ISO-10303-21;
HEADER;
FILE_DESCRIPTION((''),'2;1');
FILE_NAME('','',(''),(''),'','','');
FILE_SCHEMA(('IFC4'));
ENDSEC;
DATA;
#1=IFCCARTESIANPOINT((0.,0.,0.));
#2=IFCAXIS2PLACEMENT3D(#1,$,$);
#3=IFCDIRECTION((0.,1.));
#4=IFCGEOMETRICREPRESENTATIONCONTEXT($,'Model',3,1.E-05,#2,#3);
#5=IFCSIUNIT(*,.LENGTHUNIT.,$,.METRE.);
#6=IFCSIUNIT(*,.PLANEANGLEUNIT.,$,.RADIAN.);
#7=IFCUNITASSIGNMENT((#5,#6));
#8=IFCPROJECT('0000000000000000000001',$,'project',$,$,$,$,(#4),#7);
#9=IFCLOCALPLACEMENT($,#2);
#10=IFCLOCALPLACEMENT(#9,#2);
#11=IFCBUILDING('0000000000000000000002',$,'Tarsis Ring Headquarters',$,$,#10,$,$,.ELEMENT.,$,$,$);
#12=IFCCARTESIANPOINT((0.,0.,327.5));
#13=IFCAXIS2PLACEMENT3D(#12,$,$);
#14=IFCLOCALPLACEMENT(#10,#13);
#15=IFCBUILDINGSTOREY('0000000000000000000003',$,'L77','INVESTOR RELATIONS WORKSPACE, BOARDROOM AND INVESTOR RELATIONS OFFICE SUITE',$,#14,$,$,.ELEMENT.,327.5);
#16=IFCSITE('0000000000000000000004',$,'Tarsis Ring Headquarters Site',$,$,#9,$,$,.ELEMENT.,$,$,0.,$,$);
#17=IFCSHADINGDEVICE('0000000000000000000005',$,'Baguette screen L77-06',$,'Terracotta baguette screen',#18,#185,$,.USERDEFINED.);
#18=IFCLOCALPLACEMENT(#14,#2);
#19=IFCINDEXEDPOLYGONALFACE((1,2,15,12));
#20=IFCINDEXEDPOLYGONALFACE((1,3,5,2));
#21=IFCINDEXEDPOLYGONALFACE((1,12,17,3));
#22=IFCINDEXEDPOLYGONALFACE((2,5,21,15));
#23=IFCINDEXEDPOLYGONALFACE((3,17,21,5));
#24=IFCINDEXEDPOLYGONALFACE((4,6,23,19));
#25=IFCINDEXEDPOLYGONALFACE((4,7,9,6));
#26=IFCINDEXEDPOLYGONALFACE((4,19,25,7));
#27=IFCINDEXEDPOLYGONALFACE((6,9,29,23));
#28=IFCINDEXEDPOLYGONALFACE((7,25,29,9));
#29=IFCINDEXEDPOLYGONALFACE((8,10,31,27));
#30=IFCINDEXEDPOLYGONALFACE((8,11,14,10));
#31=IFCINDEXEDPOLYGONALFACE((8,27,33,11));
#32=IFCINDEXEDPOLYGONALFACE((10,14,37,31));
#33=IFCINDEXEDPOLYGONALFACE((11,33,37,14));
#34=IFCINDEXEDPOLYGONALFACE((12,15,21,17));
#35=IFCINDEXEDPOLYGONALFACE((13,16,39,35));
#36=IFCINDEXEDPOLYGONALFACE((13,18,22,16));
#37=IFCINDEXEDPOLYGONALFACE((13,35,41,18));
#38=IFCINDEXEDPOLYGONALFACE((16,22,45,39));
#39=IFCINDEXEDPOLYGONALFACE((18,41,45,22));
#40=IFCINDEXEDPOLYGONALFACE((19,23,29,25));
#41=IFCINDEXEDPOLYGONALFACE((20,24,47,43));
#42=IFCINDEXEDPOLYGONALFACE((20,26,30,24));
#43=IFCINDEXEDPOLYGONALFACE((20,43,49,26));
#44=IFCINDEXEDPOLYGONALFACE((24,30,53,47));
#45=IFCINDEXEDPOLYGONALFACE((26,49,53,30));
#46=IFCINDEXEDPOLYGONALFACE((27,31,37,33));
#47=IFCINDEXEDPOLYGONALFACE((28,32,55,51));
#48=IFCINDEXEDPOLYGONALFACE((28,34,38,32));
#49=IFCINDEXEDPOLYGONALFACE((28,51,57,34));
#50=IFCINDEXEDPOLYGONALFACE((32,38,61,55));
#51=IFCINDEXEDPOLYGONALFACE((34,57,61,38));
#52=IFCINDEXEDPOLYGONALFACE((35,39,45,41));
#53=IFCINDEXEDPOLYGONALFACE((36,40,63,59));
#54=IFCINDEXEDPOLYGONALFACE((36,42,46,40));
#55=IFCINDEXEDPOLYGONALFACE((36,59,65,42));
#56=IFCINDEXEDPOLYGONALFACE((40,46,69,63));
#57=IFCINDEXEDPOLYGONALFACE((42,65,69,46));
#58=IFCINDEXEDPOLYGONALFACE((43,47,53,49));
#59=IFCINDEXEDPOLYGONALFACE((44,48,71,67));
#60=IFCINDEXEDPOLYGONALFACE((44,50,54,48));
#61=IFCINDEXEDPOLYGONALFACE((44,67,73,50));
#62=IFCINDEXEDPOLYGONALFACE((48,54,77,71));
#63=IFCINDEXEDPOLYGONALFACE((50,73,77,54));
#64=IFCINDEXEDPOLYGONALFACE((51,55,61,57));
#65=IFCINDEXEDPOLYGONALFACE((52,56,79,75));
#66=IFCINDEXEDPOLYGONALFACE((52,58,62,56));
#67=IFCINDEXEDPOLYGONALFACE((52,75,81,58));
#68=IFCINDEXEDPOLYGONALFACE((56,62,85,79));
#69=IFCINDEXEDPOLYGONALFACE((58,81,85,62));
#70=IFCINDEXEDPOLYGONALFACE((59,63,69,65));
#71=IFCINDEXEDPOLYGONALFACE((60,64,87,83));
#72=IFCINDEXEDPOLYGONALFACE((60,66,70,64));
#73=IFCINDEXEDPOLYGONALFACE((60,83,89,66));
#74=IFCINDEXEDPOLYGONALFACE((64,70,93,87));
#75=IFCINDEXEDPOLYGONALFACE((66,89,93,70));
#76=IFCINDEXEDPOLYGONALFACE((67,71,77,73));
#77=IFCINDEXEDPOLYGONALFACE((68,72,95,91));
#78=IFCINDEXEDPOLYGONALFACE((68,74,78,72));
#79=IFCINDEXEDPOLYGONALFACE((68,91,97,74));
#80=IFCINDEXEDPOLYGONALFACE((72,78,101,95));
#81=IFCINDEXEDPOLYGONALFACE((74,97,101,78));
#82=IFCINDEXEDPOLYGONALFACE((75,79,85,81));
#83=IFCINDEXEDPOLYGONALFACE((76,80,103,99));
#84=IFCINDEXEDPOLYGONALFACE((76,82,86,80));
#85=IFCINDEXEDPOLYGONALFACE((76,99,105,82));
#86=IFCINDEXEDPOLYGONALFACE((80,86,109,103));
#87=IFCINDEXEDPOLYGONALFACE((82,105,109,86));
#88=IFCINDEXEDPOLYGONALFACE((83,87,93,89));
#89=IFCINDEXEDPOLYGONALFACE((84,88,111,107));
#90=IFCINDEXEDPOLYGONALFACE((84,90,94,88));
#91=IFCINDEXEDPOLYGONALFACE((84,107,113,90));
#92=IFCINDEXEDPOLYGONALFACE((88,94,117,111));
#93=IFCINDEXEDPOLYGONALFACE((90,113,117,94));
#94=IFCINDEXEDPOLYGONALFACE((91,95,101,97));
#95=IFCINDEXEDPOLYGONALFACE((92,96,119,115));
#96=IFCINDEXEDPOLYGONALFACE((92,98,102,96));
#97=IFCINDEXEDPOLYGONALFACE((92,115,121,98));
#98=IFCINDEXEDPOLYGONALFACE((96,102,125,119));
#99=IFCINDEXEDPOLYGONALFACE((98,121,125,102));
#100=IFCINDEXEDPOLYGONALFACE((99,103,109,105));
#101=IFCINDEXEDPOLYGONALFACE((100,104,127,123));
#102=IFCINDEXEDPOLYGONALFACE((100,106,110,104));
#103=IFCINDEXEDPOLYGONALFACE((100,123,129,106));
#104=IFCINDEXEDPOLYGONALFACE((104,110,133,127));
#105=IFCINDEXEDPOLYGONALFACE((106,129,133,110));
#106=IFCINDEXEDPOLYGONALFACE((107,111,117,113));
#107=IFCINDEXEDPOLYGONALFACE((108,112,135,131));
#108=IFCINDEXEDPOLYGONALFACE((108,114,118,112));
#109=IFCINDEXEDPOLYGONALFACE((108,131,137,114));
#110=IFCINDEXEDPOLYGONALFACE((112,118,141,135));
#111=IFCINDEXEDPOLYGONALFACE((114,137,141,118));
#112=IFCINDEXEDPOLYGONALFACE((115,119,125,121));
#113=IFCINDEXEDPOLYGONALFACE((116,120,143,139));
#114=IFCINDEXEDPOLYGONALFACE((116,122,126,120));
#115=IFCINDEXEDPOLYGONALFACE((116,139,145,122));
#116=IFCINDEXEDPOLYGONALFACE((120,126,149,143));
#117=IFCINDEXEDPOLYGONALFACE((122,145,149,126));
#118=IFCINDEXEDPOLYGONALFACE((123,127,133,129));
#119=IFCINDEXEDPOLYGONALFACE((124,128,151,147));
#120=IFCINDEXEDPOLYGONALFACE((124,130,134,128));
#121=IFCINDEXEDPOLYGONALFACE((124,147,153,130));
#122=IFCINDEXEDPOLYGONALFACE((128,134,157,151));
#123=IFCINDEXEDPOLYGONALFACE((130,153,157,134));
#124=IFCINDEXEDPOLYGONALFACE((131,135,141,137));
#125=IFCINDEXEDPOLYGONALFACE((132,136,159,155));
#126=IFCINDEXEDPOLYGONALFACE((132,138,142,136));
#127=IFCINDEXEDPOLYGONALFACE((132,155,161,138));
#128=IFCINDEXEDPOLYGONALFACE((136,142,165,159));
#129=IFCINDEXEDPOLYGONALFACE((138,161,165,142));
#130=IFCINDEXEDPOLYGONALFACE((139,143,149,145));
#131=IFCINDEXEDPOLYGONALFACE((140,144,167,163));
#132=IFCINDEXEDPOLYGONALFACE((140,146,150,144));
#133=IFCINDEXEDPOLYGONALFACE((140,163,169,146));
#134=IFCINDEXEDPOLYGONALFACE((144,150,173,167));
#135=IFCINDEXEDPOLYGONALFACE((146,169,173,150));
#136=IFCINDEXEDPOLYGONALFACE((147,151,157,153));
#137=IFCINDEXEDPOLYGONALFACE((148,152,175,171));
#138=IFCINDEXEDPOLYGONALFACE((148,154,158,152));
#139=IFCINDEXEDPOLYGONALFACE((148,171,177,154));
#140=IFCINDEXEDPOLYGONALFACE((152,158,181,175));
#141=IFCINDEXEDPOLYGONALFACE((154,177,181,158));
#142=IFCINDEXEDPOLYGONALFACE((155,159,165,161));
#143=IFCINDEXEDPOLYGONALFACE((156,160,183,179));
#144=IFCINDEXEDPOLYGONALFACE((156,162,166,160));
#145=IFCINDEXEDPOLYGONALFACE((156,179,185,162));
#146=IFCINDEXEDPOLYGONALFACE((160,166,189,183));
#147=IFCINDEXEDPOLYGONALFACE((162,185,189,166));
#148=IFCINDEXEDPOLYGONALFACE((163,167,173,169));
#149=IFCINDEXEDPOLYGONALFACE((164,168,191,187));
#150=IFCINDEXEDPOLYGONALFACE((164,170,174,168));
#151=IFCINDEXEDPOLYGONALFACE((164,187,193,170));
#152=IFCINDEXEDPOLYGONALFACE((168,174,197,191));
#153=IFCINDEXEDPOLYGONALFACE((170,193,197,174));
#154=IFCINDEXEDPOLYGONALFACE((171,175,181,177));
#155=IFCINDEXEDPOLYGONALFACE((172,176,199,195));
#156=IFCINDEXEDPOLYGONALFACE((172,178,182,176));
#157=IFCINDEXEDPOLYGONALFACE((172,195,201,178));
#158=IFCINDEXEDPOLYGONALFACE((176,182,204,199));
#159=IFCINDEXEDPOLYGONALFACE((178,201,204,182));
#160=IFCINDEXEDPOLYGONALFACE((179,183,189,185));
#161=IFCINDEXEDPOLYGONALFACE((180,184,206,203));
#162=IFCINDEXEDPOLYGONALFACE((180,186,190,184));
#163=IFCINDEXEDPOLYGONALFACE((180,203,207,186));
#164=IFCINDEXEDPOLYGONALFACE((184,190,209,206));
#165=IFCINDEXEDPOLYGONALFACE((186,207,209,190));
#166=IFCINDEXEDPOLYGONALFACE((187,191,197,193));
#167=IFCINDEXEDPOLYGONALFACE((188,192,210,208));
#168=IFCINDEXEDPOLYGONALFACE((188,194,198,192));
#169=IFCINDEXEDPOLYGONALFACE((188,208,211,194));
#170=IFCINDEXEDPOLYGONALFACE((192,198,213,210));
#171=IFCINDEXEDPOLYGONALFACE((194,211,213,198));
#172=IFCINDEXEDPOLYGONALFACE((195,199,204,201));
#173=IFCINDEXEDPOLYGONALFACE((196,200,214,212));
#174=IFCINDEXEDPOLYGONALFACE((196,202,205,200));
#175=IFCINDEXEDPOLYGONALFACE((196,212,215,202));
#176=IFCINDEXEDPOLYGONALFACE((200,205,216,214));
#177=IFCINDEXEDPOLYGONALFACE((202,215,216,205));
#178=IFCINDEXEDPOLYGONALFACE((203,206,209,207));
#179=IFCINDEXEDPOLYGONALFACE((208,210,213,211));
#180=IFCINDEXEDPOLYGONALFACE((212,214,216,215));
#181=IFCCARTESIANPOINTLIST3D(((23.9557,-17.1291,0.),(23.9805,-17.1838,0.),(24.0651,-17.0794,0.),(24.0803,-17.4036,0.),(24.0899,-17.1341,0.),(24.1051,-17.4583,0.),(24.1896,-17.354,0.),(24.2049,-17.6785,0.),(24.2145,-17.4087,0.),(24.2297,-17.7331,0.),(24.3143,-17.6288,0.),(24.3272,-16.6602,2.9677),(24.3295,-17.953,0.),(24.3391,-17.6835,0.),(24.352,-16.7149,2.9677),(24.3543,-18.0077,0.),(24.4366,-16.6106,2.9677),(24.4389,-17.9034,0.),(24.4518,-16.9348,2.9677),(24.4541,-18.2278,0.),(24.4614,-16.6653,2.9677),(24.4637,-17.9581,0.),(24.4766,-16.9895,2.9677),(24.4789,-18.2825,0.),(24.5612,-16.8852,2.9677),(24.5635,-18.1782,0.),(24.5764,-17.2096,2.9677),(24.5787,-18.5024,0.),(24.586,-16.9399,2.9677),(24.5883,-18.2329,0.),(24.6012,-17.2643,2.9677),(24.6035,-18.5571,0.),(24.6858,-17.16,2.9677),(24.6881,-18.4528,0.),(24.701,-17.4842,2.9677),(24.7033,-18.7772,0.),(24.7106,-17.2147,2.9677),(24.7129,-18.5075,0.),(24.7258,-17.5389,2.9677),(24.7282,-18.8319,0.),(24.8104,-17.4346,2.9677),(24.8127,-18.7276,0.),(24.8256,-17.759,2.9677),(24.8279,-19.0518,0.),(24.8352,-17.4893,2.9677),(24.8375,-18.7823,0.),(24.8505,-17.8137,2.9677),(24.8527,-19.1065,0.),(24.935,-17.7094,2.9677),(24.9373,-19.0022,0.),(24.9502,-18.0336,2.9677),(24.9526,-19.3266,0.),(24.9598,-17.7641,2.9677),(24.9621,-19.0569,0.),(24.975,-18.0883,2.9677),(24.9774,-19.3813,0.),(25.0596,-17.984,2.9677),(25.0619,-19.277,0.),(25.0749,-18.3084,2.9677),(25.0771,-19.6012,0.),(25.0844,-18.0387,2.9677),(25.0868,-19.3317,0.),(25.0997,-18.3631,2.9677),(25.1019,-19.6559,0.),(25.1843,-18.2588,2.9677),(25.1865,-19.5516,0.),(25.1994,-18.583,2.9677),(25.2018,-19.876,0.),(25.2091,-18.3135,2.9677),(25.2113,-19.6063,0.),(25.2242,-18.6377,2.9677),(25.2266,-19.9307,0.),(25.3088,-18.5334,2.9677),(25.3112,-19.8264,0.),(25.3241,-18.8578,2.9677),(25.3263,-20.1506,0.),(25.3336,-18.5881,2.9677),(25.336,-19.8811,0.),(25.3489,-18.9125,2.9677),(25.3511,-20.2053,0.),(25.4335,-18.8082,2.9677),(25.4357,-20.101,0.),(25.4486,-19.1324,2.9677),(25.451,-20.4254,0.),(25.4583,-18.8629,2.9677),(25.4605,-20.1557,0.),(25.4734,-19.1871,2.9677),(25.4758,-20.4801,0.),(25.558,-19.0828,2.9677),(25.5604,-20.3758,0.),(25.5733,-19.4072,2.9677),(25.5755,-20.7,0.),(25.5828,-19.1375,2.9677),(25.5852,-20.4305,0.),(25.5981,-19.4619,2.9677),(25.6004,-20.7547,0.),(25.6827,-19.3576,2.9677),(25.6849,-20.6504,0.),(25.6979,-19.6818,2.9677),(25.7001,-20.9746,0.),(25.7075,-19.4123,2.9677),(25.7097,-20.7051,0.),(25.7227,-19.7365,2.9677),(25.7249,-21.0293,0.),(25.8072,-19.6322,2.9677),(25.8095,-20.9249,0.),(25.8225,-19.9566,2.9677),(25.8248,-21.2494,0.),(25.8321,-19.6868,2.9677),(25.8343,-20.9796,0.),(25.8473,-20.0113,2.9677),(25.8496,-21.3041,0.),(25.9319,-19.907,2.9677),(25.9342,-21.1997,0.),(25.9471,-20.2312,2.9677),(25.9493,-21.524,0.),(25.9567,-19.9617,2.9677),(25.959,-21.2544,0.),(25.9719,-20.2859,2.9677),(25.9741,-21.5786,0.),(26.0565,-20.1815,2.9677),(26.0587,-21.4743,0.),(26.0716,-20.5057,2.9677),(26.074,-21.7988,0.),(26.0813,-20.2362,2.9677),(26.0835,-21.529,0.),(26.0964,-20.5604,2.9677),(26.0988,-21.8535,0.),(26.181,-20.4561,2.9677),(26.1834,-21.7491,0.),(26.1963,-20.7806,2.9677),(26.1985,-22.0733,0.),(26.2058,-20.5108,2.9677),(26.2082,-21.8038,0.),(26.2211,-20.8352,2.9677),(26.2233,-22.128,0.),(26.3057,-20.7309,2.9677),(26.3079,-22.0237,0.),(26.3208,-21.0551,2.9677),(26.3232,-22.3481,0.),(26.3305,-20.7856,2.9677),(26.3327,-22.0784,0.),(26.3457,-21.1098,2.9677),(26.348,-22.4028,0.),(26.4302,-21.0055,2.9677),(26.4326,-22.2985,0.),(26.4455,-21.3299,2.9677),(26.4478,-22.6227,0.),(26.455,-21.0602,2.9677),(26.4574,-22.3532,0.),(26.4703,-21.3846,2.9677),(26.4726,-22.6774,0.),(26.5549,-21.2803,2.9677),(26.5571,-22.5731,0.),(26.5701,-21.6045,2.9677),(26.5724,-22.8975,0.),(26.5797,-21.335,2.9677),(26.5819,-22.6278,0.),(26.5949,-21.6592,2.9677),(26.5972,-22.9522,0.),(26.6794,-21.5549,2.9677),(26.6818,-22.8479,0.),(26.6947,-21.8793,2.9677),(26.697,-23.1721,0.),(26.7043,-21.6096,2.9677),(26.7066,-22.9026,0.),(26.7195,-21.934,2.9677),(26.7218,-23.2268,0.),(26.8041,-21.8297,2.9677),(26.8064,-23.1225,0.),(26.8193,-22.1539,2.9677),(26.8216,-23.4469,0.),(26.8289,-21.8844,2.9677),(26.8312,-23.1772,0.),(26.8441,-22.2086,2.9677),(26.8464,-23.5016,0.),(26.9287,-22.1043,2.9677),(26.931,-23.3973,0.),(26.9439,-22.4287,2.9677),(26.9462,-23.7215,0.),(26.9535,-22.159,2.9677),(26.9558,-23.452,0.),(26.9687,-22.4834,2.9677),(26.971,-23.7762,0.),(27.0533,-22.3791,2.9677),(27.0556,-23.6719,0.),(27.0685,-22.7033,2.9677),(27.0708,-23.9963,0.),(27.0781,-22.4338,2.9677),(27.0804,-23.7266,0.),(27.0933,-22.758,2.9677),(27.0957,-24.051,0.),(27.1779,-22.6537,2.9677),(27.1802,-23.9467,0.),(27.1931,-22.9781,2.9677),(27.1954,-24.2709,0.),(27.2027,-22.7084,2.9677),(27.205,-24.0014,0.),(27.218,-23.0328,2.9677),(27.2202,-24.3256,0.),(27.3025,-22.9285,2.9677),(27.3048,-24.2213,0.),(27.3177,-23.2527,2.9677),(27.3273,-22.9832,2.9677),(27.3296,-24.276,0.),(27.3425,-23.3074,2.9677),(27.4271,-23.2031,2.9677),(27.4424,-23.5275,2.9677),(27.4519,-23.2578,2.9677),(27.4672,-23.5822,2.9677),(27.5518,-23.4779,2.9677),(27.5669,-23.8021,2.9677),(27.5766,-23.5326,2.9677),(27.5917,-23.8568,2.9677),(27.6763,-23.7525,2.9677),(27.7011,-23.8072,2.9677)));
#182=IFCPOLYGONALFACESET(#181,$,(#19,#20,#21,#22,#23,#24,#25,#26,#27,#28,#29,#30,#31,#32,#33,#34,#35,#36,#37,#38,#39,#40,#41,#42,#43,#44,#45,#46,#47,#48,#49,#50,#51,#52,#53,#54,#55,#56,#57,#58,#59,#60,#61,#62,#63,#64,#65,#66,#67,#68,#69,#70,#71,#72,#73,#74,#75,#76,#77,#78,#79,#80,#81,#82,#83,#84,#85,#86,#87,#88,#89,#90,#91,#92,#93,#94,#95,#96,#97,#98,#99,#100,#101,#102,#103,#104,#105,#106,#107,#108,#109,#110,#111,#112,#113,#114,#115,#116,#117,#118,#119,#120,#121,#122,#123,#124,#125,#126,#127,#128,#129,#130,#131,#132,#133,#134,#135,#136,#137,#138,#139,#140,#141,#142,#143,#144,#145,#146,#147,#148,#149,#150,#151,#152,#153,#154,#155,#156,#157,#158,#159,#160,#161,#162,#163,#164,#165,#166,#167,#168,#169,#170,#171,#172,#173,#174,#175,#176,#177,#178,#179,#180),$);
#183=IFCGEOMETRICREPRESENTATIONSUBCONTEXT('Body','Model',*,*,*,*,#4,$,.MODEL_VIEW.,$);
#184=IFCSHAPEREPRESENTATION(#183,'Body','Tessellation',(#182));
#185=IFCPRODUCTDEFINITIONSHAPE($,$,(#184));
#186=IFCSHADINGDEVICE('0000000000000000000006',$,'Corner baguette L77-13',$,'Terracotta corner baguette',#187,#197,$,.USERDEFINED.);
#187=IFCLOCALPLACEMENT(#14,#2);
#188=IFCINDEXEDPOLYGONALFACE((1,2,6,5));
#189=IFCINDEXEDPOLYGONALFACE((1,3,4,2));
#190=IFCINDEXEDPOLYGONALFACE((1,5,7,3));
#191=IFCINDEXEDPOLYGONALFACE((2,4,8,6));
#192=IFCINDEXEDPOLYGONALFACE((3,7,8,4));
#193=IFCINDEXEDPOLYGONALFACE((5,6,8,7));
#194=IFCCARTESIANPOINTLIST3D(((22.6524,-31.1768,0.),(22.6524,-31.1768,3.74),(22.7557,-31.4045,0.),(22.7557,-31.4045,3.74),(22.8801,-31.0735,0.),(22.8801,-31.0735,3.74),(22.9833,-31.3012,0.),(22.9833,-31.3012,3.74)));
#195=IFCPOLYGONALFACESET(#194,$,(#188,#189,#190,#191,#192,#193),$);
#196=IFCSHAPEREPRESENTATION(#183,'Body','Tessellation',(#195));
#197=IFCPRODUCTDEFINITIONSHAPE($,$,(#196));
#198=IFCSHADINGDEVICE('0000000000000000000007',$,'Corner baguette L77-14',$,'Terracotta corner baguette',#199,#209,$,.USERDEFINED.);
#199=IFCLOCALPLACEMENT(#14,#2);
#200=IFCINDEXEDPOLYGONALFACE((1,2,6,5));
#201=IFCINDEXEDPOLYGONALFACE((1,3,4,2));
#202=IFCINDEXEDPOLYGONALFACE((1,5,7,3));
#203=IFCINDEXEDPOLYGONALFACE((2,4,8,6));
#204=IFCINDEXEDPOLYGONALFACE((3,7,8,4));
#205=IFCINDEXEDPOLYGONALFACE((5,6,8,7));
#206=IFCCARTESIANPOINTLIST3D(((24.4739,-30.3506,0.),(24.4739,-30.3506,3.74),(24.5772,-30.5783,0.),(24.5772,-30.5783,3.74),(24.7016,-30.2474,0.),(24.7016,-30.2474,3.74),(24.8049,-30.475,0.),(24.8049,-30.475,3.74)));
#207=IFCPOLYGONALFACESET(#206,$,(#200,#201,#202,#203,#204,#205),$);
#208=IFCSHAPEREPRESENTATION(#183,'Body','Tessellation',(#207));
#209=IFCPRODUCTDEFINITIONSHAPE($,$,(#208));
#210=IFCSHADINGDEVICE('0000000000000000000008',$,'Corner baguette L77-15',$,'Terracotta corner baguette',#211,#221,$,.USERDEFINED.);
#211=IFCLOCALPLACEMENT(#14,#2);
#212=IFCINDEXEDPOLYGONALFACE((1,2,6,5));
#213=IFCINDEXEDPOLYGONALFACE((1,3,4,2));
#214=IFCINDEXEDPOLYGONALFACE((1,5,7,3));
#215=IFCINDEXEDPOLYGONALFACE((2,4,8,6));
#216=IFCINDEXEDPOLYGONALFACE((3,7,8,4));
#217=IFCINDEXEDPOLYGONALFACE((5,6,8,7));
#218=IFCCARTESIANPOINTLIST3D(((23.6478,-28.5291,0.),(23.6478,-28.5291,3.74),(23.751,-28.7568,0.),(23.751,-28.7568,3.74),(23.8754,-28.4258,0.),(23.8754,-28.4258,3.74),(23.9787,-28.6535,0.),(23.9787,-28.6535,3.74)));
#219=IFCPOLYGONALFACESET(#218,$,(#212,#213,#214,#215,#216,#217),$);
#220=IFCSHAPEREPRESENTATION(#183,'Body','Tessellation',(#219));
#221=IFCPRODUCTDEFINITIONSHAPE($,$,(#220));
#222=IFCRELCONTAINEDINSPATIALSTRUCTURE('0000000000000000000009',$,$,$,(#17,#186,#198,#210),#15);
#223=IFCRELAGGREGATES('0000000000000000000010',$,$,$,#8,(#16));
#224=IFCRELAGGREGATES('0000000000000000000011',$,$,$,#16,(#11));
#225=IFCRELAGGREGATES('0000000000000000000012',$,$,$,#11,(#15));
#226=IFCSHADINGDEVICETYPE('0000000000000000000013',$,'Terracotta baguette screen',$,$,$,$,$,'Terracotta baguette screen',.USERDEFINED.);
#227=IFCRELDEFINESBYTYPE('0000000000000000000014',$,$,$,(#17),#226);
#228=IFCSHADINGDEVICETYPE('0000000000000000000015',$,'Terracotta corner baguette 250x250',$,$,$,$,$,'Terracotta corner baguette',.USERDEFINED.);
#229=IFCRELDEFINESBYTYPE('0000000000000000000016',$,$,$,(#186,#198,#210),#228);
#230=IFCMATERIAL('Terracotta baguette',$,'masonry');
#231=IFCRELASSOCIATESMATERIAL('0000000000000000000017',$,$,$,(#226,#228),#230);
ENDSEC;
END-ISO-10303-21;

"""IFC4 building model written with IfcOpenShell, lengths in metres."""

from ifc_helpers import new_model, si_unit, direction, frame, frame_2d, origin, origin_2d, place, context, subcontext, project, spatial, rectangle, composite_profile, extrude, material, type_object, element, save


model = new_model("IFC4")

# Units and contexts
model_context = context("Model", 3, precision=1e-05, world=origin(), true_north=direction((0.0, 1.0)))
body_context = subcontext(model_context, "Body", "Model", "MODEL_VIEW")
ifc_project = project(units=[si_unit("LENGTHUNIT", "METRE"), si_unit("PLANEANGLEUNIT", "RADIAN")], contexts=[model_context])

# Site, building, storey
site_placement = place(None, origin())
site = spatial("IfcSite", under=ifc_project, at=site_placement, Name="Tarsis Ring Headquarters Site", CompositionType="ELEMENT", RefElevation=0.0)
building_placement = place(site_placement, origin())
building = spatial("IfcBuilding", under=site, at=building_placement, Name="Tarsis Ring Headquarters", CompositionType="ELEMENT")
storey_placement = place(building_placement, frame((0.0, 0.0, 327.5)))
storey = spatial("IfcBuildingStorey", under=building, at=storey_placement, Name="L77", Description="INVESTOR RELATIONS WORKSPACE, BOARDROOM AND INVESTOR RELATIONS OFFICE SUITE", CompositionType="ELEMENT", Elevation=327.5)

# Shading devices
ifc_material_1 = material(Name="Terracotta baguette", Category="masonry")
shading_device_type_1 = type_object("IfcShadingDeviceType", Name="Terracotta baguette screen", ElementType="Terracotta baguette screen", PredefinedType="USERDEFINED", material=ifc_material_1)
shading_device_1_placement = place(storey_placement, frame((27.2749, -24.3008, 0.0), z_axis=(0.0, 0.0, 1.0), x_axis=(-0.413106, 0.910681, 0.0)))
element("IfcShadingDevice", 1, at=shading_device_1_placement, inside=storey, type_object=shading_device_type_1, Name="Baguette screen L77-06", ObjectType="Terracotta baguette screen", PredefinedType="USERDEFINED", context=body_context, shape_type="SweptSolid", body=[
    extrude(composite_profile([rectangle(XDim=0.0601, YDim=0.1201, at=frame_2d((0.03, 0.0))), rectangle(XDim=0.0601, YDim=0.1201, at=frame_2d((0.3315, 0.0))), rectangle(XDim=0.0601, YDim=0.1201, at=frame_2d((0.6333, 0.0))), rectangle(XDim=0.0601, YDim=0.1201, at=frame_2d((0.9348, 0.0))), rectangle(XDim=0.0601, YDim=0.1201, at=frame_2d((1.2366, 0.0))), rectangle(XDim=0.0601, YDim=0.1201, at=frame_2d((1.5381, 0.0))), rectangle(XDim=0.0601, YDim=0.1201, at=frame_2d((1.8398, 0.0))), rectangle(XDim=0.0601, YDim=0.1201, at=frame_2d((2.1414, 0.0))), rectangle(XDim=0.0601, YDim=0.1201, at=frame_2d((2.4431, 0.0))), rectangle(XDim=0.0601, YDim=0.1201, at=frame_2d((2.7446, 0.0))), rectangle(XDim=0.0601, YDim=0.1201, at=frame_2d((3.0464, 0.0))), rectangle(XDim=0.0601, YDim=0.1201, at=frame_2d((3.3479, 0.0))), rectangle(XDim=0.0601, YDim=0.1201, at=frame_2d((3.6497, 0.0))), rectangle(XDim=0.0601, YDim=0.1201, at=frame_2d((3.9512, 0.0))), rectangle(XDim=0.0601, YDim=0.1201, at=frame_2d((4.2527, 0.0))), rectangle(XDim=0.0601, YDim=0.1201, at=frame_2d((4.5544, 0.0))), rectangle(XDim=0.0601, YDim=0.1201, at=frame_2d((4.856, 0.0))), rectangle(XDim=0.0601, YDim=0.1201, at=frame_2d((5.1577, 0.0))), rectangle(XDim=0.0601, YDim=0.1201, at=frame_2d((5.4592, 0.0))), rectangle(XDim=0.0601, YDim=0.1201, at=frame_2d((5.761, 0.0))), rectangle(XDim=0.0601, YDim=0.1201, at=frame_2d((6.0625, 0.0))), rectangle(XDim=0.0601, YDim=0.1201, at=frame_2d((6.3643, 0.0))), rectangle(XDim=0.0601, YDim=0.1201, at=frame_2d((6.6658, 0.0))), rectangle(XDim=0.0601, YDim=0.1201, at=frame_2d((6.9675, 0.0))), rectangle(XDim=0.0601, YDim=0.1201, at=frame_2d((7.269, 0.0))), rectangle(XDim=0.0601, YDim=0.1201, at=frame_2d((7.5708, 0.0))), rectangle(XDim=0.0601, YDim=0.1201, at=frame_2d((7.8723, 0.0)))]), origin(), (0.090332, -0.175735, 0.980284), 3.0273),
])
shading_device_type_2 = type_object("IfcShadingDeviceType", Name="Terracotta corner baguette 250x250", ElementType="Terracotta corner baguette", PredefinedType="USERDEFINED", material=ifc_material_1)
for number, where, z_axis, x_axis, name in (
    (2, (22.8179, -31.239, 0.0), (0.0, 0.0, 1.0), (-0.413105, 0.910684, 0.0), "Corner baguette L77-13"),
    (3, (24.6394, -30.4128, 0.0), (0.0, 0.0, 1.0), (0.910684, 0.413104, 0.0), "Corner baguette L77-14"),
    (4, (23.8132, -28.5913, 0.0), (0.0, 0.0, 1.0), (-0.413104, 0.910684, 0.0), "Corner baguette L77-15"),
):
    element("IfcShadingDevice", number, at=place(storey_placement, frame(where, z_axis=z_axis, x_axis=x_axis)), inside=storey, type_object=shading_device_type_2, Name=name, ObjectType="Terracotta corner baguette", PredefinedType="USERDEFINED", context=body_context, shape_type="SweptSolid", body=[
        extrude(rectangle(XDim=0.25, YDim=0.25, at=origin_2d()), origin(), (0.0, 0.0, 1.0), 3.74),
    ])

save(model, "model.ifc")
